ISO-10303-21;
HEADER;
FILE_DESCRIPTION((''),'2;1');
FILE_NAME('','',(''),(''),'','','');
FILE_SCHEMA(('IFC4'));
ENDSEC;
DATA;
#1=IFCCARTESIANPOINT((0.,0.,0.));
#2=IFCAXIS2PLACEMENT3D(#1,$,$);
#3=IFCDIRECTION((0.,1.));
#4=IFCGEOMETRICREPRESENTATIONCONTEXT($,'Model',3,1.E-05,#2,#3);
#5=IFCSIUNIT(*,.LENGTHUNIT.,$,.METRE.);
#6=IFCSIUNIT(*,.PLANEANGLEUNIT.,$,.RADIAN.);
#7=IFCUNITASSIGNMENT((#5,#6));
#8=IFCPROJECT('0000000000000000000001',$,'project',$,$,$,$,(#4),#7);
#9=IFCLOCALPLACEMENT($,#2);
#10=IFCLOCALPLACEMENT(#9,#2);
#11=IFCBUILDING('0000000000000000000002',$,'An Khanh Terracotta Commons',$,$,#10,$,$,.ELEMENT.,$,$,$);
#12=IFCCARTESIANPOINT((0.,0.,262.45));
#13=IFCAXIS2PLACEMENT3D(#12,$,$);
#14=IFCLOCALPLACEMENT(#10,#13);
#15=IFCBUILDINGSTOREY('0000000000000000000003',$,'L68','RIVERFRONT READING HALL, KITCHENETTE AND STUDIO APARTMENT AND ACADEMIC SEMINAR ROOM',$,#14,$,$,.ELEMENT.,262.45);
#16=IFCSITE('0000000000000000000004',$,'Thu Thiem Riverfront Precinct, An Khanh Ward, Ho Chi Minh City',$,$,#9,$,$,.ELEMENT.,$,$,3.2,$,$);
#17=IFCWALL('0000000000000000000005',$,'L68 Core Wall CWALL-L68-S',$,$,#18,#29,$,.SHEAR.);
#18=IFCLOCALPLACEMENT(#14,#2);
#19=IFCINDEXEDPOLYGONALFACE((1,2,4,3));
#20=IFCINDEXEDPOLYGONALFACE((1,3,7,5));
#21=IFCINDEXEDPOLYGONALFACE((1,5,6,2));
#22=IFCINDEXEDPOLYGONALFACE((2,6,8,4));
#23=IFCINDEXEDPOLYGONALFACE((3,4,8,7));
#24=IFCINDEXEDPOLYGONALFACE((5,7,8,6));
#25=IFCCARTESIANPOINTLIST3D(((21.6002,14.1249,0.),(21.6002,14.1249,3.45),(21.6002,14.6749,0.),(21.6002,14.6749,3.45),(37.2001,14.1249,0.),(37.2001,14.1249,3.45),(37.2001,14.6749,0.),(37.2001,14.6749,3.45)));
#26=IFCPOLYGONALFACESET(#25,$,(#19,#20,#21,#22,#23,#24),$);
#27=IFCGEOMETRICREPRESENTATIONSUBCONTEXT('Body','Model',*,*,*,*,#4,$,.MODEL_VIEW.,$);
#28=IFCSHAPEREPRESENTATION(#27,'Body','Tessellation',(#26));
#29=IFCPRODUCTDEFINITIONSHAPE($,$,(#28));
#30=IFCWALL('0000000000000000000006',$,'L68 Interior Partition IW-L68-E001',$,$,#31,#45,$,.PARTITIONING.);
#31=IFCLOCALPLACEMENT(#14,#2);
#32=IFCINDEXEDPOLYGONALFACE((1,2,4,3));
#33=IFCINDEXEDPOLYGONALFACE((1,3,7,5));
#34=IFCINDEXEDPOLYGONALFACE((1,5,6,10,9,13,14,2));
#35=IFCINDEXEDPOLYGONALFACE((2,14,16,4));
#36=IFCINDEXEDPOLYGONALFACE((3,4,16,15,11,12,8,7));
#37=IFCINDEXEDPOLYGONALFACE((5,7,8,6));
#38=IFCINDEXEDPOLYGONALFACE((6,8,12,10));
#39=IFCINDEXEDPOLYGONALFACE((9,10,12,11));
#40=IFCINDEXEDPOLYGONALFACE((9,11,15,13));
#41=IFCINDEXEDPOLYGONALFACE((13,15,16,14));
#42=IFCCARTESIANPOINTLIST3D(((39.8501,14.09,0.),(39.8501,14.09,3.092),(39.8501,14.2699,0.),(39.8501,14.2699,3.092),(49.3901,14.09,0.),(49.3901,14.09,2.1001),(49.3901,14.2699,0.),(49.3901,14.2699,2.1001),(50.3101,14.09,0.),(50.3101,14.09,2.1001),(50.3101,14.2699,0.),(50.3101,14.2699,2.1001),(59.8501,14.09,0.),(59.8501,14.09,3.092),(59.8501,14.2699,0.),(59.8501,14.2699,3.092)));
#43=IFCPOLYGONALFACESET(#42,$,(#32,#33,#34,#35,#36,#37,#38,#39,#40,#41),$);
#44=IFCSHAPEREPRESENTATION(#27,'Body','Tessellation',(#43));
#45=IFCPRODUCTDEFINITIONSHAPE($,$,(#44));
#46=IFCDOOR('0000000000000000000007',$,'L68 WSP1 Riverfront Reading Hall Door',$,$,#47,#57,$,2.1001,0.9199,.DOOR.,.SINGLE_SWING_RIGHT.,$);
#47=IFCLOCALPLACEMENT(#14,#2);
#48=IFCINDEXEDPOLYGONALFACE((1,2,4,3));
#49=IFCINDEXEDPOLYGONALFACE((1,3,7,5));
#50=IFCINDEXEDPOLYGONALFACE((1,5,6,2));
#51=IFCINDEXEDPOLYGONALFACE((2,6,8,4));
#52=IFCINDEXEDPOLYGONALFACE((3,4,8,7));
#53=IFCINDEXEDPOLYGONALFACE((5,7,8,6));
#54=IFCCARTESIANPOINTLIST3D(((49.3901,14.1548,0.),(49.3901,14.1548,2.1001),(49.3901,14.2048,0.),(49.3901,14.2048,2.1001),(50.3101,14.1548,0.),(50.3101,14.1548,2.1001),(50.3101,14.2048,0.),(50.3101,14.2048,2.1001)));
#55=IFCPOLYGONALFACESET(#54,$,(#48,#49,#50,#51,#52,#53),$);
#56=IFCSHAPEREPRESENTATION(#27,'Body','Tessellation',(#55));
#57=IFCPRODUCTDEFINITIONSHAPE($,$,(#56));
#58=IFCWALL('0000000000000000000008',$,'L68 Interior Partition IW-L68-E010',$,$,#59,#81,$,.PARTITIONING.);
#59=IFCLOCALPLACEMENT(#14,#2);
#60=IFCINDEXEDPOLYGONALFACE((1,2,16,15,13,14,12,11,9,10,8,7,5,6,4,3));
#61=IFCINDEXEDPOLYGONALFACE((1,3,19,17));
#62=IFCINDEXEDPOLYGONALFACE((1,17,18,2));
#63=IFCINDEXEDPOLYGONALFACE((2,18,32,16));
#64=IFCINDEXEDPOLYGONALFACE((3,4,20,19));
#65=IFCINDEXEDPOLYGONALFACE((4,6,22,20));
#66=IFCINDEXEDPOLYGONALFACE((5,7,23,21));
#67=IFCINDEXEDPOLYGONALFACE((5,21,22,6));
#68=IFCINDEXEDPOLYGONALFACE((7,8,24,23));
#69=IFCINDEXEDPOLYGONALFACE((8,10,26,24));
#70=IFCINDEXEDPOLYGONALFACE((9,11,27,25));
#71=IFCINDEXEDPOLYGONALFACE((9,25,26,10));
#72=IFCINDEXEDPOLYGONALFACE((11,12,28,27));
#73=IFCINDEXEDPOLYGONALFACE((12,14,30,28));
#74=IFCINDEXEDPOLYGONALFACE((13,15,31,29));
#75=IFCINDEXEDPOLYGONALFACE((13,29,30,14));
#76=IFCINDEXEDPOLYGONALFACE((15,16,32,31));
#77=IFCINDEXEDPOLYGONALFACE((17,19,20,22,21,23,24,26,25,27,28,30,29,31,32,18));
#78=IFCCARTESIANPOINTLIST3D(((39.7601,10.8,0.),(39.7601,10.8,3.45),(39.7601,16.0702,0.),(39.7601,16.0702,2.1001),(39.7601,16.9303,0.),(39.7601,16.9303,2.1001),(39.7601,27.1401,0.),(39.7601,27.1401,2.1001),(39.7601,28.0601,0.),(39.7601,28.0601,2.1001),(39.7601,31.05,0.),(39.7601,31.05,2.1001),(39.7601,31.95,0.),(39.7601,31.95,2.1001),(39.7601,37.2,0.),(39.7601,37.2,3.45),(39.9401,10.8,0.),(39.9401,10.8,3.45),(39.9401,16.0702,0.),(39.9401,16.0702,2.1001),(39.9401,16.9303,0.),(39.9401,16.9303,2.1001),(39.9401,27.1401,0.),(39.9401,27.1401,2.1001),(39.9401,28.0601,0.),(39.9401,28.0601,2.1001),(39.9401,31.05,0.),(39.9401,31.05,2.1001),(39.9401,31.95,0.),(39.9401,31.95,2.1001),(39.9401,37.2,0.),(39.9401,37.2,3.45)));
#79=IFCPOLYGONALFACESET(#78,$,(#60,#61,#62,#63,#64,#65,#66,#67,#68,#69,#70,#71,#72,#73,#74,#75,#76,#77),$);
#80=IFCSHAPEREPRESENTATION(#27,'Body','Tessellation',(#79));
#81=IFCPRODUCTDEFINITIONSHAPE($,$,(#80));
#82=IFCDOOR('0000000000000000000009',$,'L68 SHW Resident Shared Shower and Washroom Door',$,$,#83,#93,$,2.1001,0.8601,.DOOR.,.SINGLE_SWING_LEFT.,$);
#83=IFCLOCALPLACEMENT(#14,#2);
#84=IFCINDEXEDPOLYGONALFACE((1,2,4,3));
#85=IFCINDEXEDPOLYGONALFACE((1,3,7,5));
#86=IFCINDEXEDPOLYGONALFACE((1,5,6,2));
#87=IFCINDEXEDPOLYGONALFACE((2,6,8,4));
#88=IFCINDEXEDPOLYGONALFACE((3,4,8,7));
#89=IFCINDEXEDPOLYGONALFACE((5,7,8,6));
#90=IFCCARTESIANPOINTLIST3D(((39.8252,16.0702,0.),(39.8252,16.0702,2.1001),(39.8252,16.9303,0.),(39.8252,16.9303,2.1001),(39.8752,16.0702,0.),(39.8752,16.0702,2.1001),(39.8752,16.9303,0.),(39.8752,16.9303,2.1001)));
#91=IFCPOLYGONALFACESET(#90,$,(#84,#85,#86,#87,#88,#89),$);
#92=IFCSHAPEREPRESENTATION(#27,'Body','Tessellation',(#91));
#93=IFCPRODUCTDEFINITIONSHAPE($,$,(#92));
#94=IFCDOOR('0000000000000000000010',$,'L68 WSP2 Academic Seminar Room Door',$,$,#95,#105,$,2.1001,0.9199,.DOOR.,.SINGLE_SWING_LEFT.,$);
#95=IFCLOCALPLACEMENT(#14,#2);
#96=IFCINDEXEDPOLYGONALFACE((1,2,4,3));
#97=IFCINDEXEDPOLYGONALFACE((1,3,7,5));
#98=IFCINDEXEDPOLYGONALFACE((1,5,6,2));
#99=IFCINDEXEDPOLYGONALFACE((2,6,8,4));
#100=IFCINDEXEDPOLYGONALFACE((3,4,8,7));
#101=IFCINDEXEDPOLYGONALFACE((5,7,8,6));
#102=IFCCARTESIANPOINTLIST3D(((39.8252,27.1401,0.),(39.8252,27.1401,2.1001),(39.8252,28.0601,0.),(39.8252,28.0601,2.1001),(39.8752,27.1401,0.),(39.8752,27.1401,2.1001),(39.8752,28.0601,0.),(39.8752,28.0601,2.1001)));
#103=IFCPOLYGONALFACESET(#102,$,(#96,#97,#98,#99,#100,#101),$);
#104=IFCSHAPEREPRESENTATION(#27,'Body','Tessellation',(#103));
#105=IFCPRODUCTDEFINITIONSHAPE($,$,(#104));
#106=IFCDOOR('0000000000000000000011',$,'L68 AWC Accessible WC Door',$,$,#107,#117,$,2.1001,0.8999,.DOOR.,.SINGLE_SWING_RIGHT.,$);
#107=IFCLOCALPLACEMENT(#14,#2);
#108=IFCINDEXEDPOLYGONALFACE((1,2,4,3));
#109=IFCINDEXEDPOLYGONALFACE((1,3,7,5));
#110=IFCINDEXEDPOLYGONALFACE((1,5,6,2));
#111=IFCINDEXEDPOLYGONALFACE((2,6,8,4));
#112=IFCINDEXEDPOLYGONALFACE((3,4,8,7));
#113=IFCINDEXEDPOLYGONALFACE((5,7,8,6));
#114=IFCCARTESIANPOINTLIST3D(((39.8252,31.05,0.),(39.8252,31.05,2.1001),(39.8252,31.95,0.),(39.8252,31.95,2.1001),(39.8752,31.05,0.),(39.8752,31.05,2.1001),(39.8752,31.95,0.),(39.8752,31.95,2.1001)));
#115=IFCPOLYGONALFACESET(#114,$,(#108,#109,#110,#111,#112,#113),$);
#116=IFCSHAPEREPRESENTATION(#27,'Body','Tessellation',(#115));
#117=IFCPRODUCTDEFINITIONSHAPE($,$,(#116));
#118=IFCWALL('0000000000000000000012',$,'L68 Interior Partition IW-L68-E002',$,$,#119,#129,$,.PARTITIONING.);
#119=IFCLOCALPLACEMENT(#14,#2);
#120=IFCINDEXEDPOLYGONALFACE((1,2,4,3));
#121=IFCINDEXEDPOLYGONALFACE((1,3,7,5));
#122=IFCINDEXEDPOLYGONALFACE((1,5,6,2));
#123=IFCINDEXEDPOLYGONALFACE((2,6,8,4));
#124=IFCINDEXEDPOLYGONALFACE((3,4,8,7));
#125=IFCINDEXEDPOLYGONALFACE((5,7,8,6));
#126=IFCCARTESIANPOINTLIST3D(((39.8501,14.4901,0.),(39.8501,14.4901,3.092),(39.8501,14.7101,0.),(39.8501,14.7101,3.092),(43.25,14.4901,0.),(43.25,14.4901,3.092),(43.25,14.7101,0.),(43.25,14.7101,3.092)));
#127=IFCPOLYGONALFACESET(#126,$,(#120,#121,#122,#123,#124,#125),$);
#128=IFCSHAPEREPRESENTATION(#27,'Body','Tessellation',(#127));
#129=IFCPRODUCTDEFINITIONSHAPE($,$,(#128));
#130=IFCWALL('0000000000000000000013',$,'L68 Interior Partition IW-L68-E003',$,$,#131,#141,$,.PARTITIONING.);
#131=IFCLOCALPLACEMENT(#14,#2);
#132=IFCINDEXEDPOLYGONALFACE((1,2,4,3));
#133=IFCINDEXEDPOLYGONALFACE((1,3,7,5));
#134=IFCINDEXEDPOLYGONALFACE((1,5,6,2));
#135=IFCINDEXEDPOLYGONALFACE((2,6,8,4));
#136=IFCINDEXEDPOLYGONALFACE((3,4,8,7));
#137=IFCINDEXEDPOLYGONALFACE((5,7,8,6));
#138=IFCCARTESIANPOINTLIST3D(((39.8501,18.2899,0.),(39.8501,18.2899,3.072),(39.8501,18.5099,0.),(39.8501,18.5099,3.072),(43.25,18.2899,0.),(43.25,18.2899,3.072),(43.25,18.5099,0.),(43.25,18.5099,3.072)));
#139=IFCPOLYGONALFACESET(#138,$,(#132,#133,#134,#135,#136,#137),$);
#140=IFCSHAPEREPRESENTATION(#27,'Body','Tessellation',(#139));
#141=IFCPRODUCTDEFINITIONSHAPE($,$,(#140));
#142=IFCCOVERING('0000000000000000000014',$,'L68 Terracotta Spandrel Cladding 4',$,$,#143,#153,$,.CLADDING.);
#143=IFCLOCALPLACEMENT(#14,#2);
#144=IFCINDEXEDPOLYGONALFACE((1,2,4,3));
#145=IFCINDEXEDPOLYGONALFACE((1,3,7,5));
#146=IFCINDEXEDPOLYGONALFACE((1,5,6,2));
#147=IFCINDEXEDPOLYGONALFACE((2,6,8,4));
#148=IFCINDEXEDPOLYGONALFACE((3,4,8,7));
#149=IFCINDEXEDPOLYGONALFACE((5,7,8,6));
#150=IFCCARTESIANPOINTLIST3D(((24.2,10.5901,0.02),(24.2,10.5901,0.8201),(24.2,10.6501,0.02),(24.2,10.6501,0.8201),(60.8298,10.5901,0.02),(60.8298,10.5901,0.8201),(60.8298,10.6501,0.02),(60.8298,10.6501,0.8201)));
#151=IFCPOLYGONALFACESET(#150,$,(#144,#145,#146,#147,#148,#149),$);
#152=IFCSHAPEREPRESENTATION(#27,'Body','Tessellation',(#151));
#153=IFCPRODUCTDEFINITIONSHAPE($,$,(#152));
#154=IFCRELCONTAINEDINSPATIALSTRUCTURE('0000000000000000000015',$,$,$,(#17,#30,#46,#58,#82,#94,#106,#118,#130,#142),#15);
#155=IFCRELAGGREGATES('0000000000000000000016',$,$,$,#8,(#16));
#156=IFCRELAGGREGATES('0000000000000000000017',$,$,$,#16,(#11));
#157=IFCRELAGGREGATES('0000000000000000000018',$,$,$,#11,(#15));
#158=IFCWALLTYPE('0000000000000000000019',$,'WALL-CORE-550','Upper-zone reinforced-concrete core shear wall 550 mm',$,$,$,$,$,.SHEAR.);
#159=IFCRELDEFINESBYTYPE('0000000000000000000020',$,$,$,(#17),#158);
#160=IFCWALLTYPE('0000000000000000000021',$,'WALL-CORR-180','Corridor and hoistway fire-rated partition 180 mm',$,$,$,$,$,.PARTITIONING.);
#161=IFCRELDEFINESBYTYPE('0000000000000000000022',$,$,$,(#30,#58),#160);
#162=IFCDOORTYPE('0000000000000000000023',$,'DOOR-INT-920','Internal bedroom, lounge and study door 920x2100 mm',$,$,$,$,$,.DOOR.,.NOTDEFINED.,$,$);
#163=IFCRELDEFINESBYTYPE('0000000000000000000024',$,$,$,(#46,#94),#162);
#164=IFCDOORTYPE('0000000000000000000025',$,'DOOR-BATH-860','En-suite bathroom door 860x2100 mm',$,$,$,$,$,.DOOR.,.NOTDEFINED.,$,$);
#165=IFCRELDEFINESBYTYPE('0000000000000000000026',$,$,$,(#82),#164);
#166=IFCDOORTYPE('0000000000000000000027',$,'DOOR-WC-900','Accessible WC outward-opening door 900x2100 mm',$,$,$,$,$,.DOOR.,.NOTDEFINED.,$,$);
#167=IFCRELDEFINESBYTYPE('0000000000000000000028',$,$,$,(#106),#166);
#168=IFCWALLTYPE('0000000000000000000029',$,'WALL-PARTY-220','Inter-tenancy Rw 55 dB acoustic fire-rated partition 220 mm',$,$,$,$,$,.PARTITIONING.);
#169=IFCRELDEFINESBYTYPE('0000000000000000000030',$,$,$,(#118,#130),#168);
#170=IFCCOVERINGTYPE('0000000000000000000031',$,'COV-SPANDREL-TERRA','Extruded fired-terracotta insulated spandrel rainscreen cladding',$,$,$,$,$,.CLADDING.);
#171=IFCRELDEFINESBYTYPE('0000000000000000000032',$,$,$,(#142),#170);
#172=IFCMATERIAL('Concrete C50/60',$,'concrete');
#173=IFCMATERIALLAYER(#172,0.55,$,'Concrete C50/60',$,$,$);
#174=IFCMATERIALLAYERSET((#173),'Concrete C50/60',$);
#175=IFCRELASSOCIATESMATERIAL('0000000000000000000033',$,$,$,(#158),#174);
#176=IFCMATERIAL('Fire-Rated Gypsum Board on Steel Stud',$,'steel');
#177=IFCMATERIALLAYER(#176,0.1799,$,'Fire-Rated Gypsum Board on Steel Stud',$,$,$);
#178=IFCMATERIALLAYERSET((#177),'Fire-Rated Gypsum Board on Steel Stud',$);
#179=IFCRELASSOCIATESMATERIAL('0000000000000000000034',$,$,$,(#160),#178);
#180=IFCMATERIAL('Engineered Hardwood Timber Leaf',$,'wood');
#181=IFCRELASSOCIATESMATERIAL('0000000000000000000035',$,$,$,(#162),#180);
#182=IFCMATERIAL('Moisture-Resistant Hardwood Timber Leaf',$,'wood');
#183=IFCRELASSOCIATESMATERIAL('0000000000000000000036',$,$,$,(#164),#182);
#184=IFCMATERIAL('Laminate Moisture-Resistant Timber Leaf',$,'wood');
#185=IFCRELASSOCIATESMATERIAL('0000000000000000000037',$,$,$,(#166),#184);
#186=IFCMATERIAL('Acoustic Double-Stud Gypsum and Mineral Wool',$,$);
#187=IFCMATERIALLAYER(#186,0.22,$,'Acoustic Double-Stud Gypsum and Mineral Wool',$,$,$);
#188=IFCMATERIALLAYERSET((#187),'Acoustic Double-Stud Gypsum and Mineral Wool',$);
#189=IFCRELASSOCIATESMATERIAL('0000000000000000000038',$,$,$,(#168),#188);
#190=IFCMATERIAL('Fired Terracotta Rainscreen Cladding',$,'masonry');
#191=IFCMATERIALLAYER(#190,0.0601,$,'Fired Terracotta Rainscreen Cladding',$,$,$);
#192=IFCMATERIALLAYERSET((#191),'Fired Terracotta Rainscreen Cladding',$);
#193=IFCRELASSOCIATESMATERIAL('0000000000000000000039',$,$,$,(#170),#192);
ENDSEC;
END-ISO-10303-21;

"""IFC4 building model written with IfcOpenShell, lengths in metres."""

from ifc_helpers import new_model, si_unit, direction, frame, frame_2d, origin, origin_2d, place, context, subcontext, project, spatial, rectangle, extrude, material, layer, layer_set, type_object, element, fill, save


model = new_model("IFC4")

# Units and contexts
model_context = context("Model", 3, precision=1e-05, world=origin(), true_north=direction((0.0, 1.0)))
body_context = subcontext(model_context, "Body", "Model", "MODEL_VIEW")
ifc_project = project(units=[si_unit("LENGTHUNIT", "METRE"), si_unit("PLANEANGLEUNIT", "RADIAN")], contexts=[model_context])

# Site, building, storey
site_placement = place(None, origin())
site = spatial("IfcSite", under=ifc_project, at=site_placement, Name="Thu Thiem Riverfront Precinct, An Khanh Ward, Ho Chi Minh City", CompositionType="ELEMENT", RefElevation=3.2)
building_placement = place(site_placement, origin())
building = spatial("IfcBuilding", under=site, at=building_placement, Name="An Khanh Terracotta Commons", CompositionType="ELEMENT")
storey_placement = place(building_placement, frame((0.0, 0.0, 262.45)))
storey = spatial("IfcBuildingStorey", under=building, at=storey_placement, Name="L68", Description="RIVERFRONT READING HALL, KITCHENETTE AND STUDIO APARTMENT AND ACADEMIC SEMINAR ROOM", CompositionType="ELEMENT", Elevation=262.45)

# Shared definitions
ifc_material_1 = material(Name="Concrete C50/60", Category="concrete")

# Wall
ifc_layer_1 = layer(ifc_material_1, 0.55, Name="Concrete C50/60")
ifc_layer_set_1 = layer_set([ifc_layer_1], Name="Concrete C50/60")
wall_type_1 = type_object("IfcWallType", Name="WALL-CORE-550", Description="Upper-zone reinforced-concrete core shear wall 550 mm", PredefinedType="SHEAR", material=ifc_layer_set_1)
wall_1_placement = place(storey_placement, frame((37.2, 14.3999, 0.0), z_axis=(0.0, 0.0, 1.0), x_axis=(-1.0, 0.0, 0.0)))
element("IfcWall", 1, at=wall_1_placement, inside=storey, type_object=wall_type_1, Name="L68 Core Wall CWALL-L68-S", PredefinedType="SHEAR", context=body_context, shape_type="SweptSolid", body=[
    extrude(rectangle(XDim=15.5999, YDim=0.55, at=frame_2d((7.7998, 0.0))), origin(), (0.0, 0.0, 1.0), 3.45),
])

# Wall, opening, door
ifc_material_2 = material(Name="Fire-Rated Gypsum Board on Steel Stud", Category="steel")
ifc_layer_2 = layer(ifc_material_2, 0.1799, Name="Fire-Rated Gypsum Board on Steel Stud")
ifc_layer_set_2 = layer_set([ifc_layer_2], Name="Fire-Rated Gypsum Board on Steel Stud")
wall_type_2 = type_object("IfcWallType", Name="WALL-CORR-180", Description="Corridor and hoistway fire-rated partition 180 mm", PredefinedType="PARTITIONING", material=ifc_layer_set_2)
wall_2_placement = place(storey_placement, frame((39.8501, 14.1799, 0.0), z_axis=(0.0, 0.0, 1.0), x_axis=(1.0, 0.0, 0.0)))
wall_2 = element("IfcWall", 2, at=wall_2_placement, inside=storey, type_object=wall_type_2, Name="L68 Interior Partition IW-L68-E001", PredefinedType="PARTITIONING", context=body_context, shape_type="SweptSolid", body=[
    extrude(rectangle(XDim=20.0, YDim=0.1799, at=frame_2d((10.0, 0.0))), origin(), (0.0, 0.0, 1.0), 3.092),
])
opening_1_placement = place(wall_2_placement, frame((9.54, 0.0, 0.0)))
opening_1 = element("IfcOpeningElement", 3, at=opening_1_placement, cuts=wall_2, PredefinedType="OPENING", context=body_context, shape_type="SweptSolid", body=[
    extrude(rectangle(XDim=0.9199, YDim=2.1001, at=frame_2d((0.46, 1.05))), frame((0.0, 0.0999, 0.0), z_axis=(0.0, -1.0, 0.0), x_axis=(1.0, 0.0, 0.0)), (0.0, 0.0, 1.0), 0.2),
])
ifc_material_3 = material(Name="Engineered Hardwood Timber Leaf", Category="wood")
door_type_1 = type_object("IfcDoorType", Name="DOOR-INT-920", Description="Internal bedroom, lounge and study door 920x2100 mm", OperationType="NOTDEFINED", PredefinedType="DOOR", material=ifc_material_3)
door_1_placement = place(opening_1_placement, origin())
door_1 = element("IfcDoor", 4, at=door_1_placement, inside=storey, type_object=door_type_1, Name="L68 WSP1 Riverfront Reading Hall Door", OperationType="SINGLE_SWING_RIGHT", OverallHeight=2.1001, OverallWidth=0.9199, PredefinedType="DOOR", context=body_context, shape_type="SweptSolid", body=[
    extrude(rectangle(XDim=0.9199, YDim=2.1001, at=frame_2d((0.46, 1.05))), frame((0.0, 0.0249, 0.0), z_axis=(0.0, -1.0, 0.0), x_axis=(1.0, 0.0, 0.0)), (0.0, 0.0, 1.0), 0.05),
])
fill(opening_1, door_1)

# Wall, openings, doors
wall_3_placement = place(storey_placement, frame((39.8501, 10.8, 0.0), z_axis=(0.0, 0.0, 1.0), x_axis=(0.0, 1.0, 0.0)))
wall_3 = element("IfcWall", 5, at=wall_3_placement, inside=storey, type_object=wall_type_2, Name="L68 Interior Partition IW-L68-E010", PredefinedType="PARTITIONING", context=body_context, shape_type="SweptSolid", body=[
    extrude(rectangle(XDim=26.3999, YDim=0.1799, at=frame_2d((13.2, 0.0))), origin(), (0.0, 0.0, 1.0), 3.45),
])
opening_2_placement = place(wall_3_placement, frame((20.25, 0.0, 0.0)))
opening_2 = element("IfcOpeningElement", 6, at=opening_2_placement, cuts=wall_3, PredefinedType="OPENING", context=body_context, shape_type="SweptSolid", body=[
    extrude(rectangle(XDim=0.8999, YDim=2.1001, at=frame_2d((0.45, 1.05))), frame((0.0, 0.0999, 0.0), z_axis=(0.0, -1.0, 0.0), x_axis=(1.0, 0.0, 0.0)), (0.0, 0.0, 1.0), 0.2),
])
opening_3_placement = place(wall_3_placement, frame((5.27, 0.0, 0.0)))
opening_3 = element("IfcOpeningElement", 7, at=opening_3_placement, cuts=wall_3, PredefinedType="OPENING", context=body_context, shape_type="SweptSolid", body=[
    extrude(rectangle(XDim=0.8601, YDim=2.1001, at=frame_2d((0.4302, 1.05))), frame((0.0, 0.0999, 0.0), z_axis=(0.0, -1.0, 0.0), x_axis=(1.0, 0.0, 0.0)), (0.0, 0.0, 1.0), 0.2),
])
opening_4_placement = place(wall_3_placement, frame((16.3401, 0.0, 0.0)))
opening_4 = element("IfcOpeningElement", 8, at=opening_4_placement, cuts=wall_3, PredefinedType="OPENING", context=body_context, shape_type="SweptSolid", body=[
    extrude(rectangle(XDim=0.9199, YDim=2.1001, at=frame_2d((0.46, 1.05))), frame((0.0, 0.0999, 0.0), z_axis=(0.0, -1.0, 0.0), x_axis=(1.0, 0.0, 0.0)), (0.0, 0.0, 1.0), 0.2),
])
ifc_material_4 = material(Name="Moisture-Resistant Hardwood Timber Leaf", Category="wood")
door_type_2 = type_object("IfcDoorType", Name="DOOR-BATH-860", Description="En-suite bathroom door 860x2100 mm", OperationType="NOTDEFINED", PredefinedType="DOOR", material=ifc_material_4)
door_2_placement = place(opening_3_placement, origin())
door_2 = element("IfcDoor", 9, at=door_2_placement, inside=storey, type_object=door_type_2, Name="L68 SHW Resident Shared Shower and Washroom Door", OperationType="SINGLE_SWING_LEFT", OverallHeight=2.1001, OverallWidth=0.8601, PredefinedType="DOOR", context=body_context, shape_type="SweptSolid", body=[
    extrude(rectangle(XDim=0.8601, YDim=2.1001, at=frame_2d((0.4302, 1.05))), frame((0.0, 0.0249, 0.0), z_axis=(0.0, -1.0, 0.0), x_axis=(1.0, 0.0, 0.0)), (0.0, 0.0, 1.0), 0.05),
])
fill(opening_3, door_2)
door_3_placement = place(opening_4_placement, origin())
door_3 = element("IfcDoor", 10, at=door_3_placement, inside=storey, type_object=door_type_1, Name="L68 WSP2 Academic Seminar Room Door", OperationType="SINGLE_SWING_LEFT", OverallHeight=2.1001, OverallWidth=0.9199, PredefinedType="DOOR", context=body_context, shape_type="SweptSolid", body=[
    extrude(rectangle(XDim=0.9199, YDim=2.1001, at=frame_2d((0.46, 1.05))), frame((0.0, 0.0249, 0.0), z_axis=(0.0, -1.0, 0.0), x_axis=(1.0, 0.0, 0.0)), (0.0, 0.0, 1.0), 0.05),
])
fill(opening_4, door_3)
ifc_material_5 = material(Name="Laminate Moisture-Resistant Timber Leaf", Category="wood")
door_type_3 = type_object("IfcDoorType", Name="DOOR-WC-900", Description="Accessible WC outward-opening door 900x2100 mm", OperationType="NOTDEFINED", PredefinedType="DOOR", material=ifc_material_5)
door_4_placement = place(opening_2_placement, origin())
door_4 = element("IfcDoor", 11, at=door_4_placement, inside=storey, type_object=door_type_3, Name="L68 AWC Accessible WC Door", OperationType="SINGLE_SWING_RIGHT", OverallHeight=2.1001, OverallWidth=0.8999, PredefinedType="DOOR", context=body_context, shape_type="SweptSolid", body=[
    extrude(rectangle(XDim=0.8999, YDim=2.1001, at=frame_2d((0.45, 1.05))), frame((0.0, 0.0249, 0.0), z_axis=(0.0, -1.0, 0.0), x_axis=(1.0, 0.0, 0.0)), (0.0, 0.0, 1.0), 0.05),
])
fill(opening_2, door_4)

# Walls
ifc_material_6 = material(Name="Acoustic Double-Stud Gypsum and Mineral Wool")
ifc_layer_3 = layer(ifc_material_6, 0.22, Name="Acoustic Double-Stud Gypsum and Mineral Wool")
ifc_layer_set_3 = layer_set([ifc_layer_3], Name="Acoustic Double-Stud Gypsum and Mineral Wool")
wall_type_3 = type_object("IfcWallType", Name="WALL-PARTY-220", Description="Inter-tenancy Rw 55 dB acoustic fire-rated partition 220 mm", PredefinedType="PARTITIONING", material=ifc_layer_set_3)
wall_4_placement = place(storey_placement, frame((39.8501, 14.6001, 0.0), z_axis=(0.0, 0.0, 1.0), x_axis=(1.0, 0.0, 0.0)))
element("IfcWall", 12, at=wall_4_placement, inside=storey, type_object=wall_type_3, Name="L68 Interior Partition IW-L68-E002", PredefinedType="PARTITIONING", context=body_context, shape_type="SweptSolid", body=[
    extrude(rectangle(XDim=3.3999, YDim=0.22, at=frame_2d((1.7, 0.0))), origin(), (0.0, 0.0, 1.0), 3.092),
])
wall_5_placement = place(storey_placement, frame((39.8501, 18.3999, 0.0), z_axis=(0.0, 0.0, 1.0), x_axis=(1.0, 0.0, 0.0)))
element("IfcWall", 13, at=wall_5_placement, inside=storey, type_object=wall_type_3, Name="L68 Interior Partition IW-L68-E003", PredefinedType="PARTITIONING", context=body_context, shape_type="SweptSolid", body=[
    extrude(rectangle(XDim=3.3999, YDim=0.22, at=frame_2d((1.7, 0.0))), origin(), (0.0, 0.0, 1.0), 3.072),
])

# Covering
ifc_material_7 = material(Name="Fired Terracotta Rainscreen Cladding", Category="masonry")
ifc_layer_4 = layer(ifc_material_7, 0.0601, Name="Fired Terracotta Rainscreen Cladding")
ifc_layer_set_4 = layer_set([ifc_layer_4], Name="Fired Terracotta Rainscreen Cladding")
covering_type = type_object("IfcCoveringType", Name="COV-SPANDREL-TERRA", Description="Extruded fired-terracotta insulated spandrel rainscreen cladding", PredefinedType="CLADDING", material=ifc_layer_set_4)
covering_placement = place(storey_placement, frame((42.5149, 10.6201, 0.02), z_axis=(0.0, 0.0, 1.0), x_axis=(1.0, 0.0, 0.0)))
element("IfcCovering", 14, at=covering_placement, inside=storey, type_object=covering_type, Name="L68 Terracotta Spandrel Cladding 4", PredefinedType="CLADDING", context=body_context, shape_type="SweptSolid", body=[
    extrude(rectangle(XDim=36.6299, YDim=0.0601, at=origin_2d()), origin(), (0.0, 0.0, 1.0), 0.8),
])

save(model, "model.ifc")
